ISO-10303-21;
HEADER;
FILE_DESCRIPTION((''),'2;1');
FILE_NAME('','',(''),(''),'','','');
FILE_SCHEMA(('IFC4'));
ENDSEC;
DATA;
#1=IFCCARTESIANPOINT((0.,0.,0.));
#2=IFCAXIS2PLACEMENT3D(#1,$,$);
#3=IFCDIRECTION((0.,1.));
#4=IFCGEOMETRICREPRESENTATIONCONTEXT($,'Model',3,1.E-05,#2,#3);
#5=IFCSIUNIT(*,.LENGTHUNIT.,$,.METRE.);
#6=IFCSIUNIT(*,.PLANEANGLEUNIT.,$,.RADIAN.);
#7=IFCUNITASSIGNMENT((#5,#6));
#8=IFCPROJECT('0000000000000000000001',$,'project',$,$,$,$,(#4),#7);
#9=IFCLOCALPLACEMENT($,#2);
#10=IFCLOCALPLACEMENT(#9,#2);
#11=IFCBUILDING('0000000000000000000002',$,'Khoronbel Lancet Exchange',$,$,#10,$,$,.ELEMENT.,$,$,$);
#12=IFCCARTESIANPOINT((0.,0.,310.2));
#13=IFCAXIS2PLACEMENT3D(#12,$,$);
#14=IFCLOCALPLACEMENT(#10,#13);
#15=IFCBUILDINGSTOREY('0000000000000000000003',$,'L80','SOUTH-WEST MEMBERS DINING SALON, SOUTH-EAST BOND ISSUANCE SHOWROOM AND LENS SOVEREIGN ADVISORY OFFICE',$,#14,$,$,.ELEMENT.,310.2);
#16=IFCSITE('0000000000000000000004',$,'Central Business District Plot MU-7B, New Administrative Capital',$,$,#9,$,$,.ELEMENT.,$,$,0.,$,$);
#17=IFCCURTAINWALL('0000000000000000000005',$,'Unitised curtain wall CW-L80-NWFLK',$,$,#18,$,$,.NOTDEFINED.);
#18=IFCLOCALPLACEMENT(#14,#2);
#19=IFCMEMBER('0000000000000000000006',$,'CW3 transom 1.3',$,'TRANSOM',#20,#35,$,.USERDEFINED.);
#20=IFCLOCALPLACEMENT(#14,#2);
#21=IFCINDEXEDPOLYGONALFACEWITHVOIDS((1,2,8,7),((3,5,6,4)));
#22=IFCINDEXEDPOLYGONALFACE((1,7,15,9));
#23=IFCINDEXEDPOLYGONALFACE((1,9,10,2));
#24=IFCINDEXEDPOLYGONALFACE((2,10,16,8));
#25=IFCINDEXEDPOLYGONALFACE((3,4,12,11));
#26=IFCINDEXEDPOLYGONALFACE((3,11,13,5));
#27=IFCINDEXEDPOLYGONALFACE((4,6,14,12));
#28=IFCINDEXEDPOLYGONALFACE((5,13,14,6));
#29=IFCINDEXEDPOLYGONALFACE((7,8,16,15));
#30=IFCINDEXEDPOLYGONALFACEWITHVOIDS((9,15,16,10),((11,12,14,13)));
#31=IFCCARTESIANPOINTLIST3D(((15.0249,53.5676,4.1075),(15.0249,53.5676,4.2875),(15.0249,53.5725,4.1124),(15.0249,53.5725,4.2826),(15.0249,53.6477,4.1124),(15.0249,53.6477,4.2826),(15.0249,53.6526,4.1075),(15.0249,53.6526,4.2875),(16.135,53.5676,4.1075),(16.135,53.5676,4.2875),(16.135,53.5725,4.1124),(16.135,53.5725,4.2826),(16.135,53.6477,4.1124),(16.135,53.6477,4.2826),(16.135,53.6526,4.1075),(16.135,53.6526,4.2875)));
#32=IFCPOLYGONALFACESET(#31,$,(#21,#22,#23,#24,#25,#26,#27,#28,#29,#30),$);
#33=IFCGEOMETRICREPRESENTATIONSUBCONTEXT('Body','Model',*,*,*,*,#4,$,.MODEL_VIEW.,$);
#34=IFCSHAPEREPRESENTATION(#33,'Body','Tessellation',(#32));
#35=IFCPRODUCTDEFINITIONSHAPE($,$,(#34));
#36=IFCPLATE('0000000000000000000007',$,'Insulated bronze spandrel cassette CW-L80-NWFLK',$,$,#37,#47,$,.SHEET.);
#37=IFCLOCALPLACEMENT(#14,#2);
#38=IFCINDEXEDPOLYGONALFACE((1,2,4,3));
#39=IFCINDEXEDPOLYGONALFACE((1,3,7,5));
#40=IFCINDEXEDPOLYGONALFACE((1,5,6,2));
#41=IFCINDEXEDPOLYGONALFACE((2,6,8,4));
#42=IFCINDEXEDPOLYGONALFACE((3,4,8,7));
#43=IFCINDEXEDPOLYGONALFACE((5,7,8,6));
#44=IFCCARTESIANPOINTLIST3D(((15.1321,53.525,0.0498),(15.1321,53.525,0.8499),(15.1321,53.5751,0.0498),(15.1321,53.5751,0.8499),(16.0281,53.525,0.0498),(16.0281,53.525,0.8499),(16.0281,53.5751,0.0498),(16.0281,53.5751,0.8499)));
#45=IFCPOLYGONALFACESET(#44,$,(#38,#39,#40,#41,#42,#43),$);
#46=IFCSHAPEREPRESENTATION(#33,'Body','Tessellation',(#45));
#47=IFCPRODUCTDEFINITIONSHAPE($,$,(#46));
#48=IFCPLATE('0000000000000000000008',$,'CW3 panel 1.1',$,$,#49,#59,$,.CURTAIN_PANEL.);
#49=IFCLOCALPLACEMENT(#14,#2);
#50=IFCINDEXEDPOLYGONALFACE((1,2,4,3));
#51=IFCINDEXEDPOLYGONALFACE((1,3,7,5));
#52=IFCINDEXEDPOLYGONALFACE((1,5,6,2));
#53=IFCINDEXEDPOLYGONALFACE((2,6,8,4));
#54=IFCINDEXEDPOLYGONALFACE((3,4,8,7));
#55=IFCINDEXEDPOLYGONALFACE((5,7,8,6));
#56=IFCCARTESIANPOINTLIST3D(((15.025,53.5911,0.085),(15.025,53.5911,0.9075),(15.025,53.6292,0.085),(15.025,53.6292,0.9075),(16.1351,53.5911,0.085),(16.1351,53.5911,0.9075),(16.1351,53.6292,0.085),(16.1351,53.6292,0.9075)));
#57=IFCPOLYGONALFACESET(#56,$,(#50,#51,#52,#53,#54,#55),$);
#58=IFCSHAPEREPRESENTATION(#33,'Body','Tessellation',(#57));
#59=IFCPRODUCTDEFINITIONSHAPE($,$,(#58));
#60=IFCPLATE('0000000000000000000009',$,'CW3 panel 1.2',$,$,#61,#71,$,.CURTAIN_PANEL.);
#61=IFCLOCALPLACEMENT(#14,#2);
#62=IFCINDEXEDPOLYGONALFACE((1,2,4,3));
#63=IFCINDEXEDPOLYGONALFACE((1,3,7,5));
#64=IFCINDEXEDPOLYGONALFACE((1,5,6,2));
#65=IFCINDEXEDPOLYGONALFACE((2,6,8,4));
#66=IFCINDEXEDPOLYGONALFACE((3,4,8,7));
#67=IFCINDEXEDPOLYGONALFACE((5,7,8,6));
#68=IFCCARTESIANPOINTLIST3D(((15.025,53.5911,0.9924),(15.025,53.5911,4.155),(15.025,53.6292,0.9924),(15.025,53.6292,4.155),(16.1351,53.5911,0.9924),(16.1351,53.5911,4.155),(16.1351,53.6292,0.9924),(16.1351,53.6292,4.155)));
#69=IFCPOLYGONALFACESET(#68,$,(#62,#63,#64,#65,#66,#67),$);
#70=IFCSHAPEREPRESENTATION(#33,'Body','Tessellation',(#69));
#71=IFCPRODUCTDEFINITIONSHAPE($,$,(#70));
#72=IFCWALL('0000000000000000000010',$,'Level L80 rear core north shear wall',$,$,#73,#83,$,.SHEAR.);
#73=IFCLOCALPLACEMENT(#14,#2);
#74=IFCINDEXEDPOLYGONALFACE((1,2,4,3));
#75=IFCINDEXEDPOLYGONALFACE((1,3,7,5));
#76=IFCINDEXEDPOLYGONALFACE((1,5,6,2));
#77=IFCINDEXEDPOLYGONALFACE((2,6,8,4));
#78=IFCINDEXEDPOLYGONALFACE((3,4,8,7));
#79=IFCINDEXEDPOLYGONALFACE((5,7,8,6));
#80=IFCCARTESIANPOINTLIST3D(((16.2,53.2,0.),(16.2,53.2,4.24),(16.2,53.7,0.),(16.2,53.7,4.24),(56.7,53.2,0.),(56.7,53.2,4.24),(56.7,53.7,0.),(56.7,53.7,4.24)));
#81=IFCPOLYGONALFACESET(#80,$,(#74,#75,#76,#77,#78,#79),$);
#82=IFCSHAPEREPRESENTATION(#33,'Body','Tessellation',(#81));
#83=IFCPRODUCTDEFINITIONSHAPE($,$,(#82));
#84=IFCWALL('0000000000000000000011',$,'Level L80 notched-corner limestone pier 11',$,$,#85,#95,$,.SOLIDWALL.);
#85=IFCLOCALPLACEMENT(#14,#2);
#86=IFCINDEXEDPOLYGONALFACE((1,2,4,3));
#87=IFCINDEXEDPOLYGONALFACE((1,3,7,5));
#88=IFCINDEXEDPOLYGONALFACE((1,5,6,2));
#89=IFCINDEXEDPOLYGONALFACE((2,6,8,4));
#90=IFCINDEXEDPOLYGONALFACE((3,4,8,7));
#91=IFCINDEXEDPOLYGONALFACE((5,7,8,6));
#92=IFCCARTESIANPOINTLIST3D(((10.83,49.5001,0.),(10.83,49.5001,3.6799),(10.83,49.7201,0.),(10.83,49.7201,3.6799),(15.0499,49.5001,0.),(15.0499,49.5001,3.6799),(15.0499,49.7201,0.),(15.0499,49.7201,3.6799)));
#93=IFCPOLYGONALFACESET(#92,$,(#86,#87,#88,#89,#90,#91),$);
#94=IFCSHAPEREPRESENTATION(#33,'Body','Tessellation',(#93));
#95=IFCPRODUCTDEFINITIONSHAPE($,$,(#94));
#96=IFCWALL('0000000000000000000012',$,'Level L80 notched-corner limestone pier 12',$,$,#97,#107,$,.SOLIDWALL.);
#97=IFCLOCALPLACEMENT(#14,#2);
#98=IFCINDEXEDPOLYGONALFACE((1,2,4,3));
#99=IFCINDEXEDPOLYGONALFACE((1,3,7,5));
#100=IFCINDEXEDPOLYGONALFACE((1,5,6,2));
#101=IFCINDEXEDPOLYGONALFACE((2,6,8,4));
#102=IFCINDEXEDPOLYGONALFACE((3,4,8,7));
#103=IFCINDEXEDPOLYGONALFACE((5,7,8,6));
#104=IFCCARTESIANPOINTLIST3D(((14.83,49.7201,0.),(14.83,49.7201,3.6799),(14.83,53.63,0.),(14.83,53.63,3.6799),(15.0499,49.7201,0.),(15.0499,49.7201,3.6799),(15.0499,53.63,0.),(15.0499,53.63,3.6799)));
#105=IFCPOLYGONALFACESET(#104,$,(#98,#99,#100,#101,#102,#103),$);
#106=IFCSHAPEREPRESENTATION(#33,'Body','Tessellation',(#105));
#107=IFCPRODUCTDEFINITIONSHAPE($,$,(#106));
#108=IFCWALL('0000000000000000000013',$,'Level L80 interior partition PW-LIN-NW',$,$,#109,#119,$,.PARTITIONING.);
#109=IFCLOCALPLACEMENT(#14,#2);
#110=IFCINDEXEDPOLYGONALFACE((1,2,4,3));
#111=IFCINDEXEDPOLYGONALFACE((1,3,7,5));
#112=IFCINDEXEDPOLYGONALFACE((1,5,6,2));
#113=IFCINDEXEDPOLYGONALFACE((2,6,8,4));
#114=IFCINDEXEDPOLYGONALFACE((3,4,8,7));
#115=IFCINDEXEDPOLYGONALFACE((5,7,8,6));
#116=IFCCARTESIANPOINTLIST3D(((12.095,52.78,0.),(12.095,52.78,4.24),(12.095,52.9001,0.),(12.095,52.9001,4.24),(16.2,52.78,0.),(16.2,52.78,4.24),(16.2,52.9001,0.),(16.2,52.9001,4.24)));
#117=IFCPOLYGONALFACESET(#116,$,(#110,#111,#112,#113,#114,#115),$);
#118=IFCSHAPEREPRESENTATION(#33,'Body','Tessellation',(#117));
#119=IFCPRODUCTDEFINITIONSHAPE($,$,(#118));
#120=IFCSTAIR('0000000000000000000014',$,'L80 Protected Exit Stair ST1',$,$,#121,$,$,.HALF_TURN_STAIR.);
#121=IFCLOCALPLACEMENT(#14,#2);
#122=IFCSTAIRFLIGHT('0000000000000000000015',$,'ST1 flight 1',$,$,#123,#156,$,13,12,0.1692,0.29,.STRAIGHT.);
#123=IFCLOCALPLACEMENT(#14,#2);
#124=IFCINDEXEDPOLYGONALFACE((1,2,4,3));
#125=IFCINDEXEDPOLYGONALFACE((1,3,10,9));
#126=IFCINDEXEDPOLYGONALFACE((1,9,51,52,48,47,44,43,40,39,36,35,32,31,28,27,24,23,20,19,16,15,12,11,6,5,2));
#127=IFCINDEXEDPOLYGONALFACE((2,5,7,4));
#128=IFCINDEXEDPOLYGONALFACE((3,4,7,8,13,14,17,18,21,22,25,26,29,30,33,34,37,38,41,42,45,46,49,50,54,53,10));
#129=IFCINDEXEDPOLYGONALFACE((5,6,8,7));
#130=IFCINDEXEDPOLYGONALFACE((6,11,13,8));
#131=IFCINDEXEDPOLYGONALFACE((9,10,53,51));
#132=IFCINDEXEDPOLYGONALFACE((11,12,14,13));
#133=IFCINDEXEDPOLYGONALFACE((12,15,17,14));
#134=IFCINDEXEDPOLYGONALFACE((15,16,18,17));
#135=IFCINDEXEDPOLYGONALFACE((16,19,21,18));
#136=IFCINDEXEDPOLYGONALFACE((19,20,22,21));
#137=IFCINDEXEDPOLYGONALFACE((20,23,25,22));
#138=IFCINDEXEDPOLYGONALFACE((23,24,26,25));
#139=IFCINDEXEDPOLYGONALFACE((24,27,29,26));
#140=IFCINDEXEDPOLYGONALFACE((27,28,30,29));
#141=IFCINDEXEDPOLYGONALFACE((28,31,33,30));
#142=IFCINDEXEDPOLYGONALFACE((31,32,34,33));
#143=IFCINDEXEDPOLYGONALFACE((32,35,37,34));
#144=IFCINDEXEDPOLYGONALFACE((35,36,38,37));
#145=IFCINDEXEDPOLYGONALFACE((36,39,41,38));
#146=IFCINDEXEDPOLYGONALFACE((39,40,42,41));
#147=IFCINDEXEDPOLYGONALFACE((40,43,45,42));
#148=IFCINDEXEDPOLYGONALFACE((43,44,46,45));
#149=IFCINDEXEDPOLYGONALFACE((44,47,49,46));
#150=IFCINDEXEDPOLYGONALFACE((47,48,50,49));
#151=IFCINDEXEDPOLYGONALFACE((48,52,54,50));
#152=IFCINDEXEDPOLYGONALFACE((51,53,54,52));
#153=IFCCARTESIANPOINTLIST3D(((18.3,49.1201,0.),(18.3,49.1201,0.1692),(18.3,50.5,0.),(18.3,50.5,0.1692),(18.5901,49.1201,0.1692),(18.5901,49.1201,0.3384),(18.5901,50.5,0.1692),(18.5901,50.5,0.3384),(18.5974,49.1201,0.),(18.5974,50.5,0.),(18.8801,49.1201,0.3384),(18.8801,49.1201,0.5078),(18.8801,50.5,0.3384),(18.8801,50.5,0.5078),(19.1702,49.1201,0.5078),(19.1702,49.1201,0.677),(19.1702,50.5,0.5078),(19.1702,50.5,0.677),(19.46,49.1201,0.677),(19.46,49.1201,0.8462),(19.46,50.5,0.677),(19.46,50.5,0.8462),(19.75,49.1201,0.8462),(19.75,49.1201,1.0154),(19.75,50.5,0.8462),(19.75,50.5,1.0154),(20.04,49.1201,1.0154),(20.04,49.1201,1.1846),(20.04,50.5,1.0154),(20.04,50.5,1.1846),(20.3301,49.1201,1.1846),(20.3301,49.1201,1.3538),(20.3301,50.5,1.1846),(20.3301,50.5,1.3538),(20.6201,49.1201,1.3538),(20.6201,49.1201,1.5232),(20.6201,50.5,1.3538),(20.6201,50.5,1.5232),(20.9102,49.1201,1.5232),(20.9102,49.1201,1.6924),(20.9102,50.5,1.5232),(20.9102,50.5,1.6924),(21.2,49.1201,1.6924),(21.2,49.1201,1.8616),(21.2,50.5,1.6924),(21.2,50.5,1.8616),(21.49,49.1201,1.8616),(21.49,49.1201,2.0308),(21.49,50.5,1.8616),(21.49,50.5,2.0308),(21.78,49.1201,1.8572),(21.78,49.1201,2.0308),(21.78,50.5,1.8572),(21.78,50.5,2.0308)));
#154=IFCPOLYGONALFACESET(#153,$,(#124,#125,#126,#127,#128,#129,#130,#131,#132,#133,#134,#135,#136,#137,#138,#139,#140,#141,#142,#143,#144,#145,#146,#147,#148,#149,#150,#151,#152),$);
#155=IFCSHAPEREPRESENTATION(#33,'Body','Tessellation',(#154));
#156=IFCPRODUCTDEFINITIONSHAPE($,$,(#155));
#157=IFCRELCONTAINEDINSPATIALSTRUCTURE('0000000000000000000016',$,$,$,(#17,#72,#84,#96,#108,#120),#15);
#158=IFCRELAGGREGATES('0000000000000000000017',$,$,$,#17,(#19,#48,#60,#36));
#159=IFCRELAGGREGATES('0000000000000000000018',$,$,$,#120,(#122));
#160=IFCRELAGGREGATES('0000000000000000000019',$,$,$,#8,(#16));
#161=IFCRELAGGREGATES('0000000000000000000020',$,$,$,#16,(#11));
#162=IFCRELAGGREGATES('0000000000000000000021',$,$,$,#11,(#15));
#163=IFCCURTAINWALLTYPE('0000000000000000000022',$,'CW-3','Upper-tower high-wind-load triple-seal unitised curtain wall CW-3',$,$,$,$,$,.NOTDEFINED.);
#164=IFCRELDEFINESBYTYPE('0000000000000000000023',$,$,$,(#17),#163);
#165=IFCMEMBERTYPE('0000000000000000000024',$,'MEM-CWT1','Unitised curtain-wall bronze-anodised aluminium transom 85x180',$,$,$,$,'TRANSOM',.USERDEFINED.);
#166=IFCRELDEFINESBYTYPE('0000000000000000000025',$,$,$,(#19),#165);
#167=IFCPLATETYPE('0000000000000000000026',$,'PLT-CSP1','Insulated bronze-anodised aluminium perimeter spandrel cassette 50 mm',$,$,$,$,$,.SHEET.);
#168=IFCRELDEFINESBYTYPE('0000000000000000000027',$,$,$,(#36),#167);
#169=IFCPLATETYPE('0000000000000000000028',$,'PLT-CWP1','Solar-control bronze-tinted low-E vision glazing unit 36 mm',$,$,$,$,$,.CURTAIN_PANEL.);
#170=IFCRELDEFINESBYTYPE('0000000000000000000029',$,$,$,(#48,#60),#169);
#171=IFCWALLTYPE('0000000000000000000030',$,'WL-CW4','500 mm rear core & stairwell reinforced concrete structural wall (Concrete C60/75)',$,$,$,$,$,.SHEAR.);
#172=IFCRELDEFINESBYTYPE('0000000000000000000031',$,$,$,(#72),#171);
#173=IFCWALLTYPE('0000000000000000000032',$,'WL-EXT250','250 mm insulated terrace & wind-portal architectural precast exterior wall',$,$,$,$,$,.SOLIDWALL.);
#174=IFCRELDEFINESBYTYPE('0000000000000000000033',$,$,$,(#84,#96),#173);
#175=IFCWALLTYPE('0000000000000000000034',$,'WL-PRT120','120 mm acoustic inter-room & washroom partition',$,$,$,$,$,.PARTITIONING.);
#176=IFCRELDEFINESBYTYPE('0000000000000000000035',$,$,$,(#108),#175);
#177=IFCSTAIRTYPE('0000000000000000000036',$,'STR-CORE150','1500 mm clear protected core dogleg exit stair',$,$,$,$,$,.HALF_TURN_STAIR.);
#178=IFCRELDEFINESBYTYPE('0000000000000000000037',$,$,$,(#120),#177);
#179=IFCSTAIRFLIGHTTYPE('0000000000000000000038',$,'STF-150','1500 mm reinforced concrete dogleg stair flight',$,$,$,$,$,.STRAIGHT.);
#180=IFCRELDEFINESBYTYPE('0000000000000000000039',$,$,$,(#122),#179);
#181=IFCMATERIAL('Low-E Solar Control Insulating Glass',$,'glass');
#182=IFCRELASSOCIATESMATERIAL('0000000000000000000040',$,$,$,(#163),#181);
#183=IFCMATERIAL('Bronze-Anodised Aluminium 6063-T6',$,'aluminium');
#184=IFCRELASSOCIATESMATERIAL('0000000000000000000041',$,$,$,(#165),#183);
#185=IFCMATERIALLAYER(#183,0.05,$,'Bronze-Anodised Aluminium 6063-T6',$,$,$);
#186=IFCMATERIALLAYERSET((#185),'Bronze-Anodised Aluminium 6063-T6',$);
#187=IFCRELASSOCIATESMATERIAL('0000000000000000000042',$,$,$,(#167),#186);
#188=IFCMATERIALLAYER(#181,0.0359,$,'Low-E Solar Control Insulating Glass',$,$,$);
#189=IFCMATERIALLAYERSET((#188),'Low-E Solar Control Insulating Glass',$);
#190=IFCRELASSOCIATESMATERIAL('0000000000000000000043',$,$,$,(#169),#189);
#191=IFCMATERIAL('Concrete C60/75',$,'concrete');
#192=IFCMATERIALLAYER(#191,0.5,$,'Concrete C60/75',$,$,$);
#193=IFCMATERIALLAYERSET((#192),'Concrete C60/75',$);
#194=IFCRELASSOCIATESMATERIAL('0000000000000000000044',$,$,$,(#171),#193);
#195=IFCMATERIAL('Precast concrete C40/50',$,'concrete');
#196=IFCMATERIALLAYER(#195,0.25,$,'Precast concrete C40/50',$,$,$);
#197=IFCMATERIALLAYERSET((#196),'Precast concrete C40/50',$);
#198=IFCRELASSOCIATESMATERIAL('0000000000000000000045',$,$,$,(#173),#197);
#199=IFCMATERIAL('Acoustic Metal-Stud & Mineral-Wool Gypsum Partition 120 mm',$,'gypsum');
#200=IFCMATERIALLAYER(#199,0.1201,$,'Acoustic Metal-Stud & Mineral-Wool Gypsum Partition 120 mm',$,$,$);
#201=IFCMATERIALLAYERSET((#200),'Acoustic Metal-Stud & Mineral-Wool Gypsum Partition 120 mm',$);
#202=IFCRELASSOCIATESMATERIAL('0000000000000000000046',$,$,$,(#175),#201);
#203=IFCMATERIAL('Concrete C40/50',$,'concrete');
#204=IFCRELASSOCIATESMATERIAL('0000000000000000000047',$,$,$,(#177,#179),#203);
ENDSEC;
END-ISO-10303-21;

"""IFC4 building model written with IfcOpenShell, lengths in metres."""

from ifc_helpers import new_model, si_unit, direction, frame, frame_2d, origin, origin_2d, place, context, subcontext, project, spatial, polyline, rectangle, hollow_rectangle, outline, extrude, material, layer, layer_set, material_profile, profile_set, type_object, element, aggregate, save


model = new_model("IFC4")

# Units and contexts
model_context = context("Model", 3, precision=1e-05, world=origin(), true_north=direction((0.0, 1.0)))
body_context = subcontext(model_context, "Body", "Model", "MODEL_VIEW")
ifc_project = project(units=[si_unit("LENGTHUNIT", "METRE"), si_unit("PLANEANGLEUNIT", "RADIAN")], contexts=[model_context])

# Site, building, storey
site_placement = place(None, origin())
site = spatial("IfcSite", under=ifc_project, at=site_placement, Name="Central Business District Plot MU-7B, New Administrative Capital", CompositionType="ELEMENT", RefElevation=0.0)
building_placement = place(site_placement, origin())
building = spatial("IfcBuilding", under=site, at=building_placement, Name="Khoronbel Lancet Exchange", CompositionType="ELEMENT")
storey_placement = place(building_placement, frame((0.0, 0.0, 310.2)))
storey = spatial("IfcBuildingStorey", under=building, at=storey_placement, Name="L80", Description="SOUTH-WEST MEMBERS DINING SALON, SOUTH-EAST BOND ISSUANCE SHOWROOM AND LENS SOVEREIGN ADVISORY OFFICE", CompositionType="ELEMENT", Elevation=310.2)

# Curtain wall, member, plates
ifc_material_1 = material(Name="Low-E Solar Control Insulating Glass", Category="glass")
curtain_wall_type = type_object("IfcCurtainWallType", Name="CW-3", Description="Upper-tower high-wind-load triple-seal unitised curtain wall CW-3", PredefinedType="NOTDEFINED", material=ifc_material_1)
curtain_wall_placement = place(storey_placement, origin())
curtain_wall = element("IfcCurtainWall", 1, at=curtain_wall_placement, inside=storey, type_object=curtain_wall_type, Name="Unitised curtain wall CW-L80-NWFLK", PredefinedType="NOTDEFINED")
ifc_material_2 = material(Name="Bronze-Anodised Aluminium 6063-T6", Category="aluminium")
ifc_material_profile_1 = material_profile(ifc_material_2, hollow_rectangle(XDim=0.085, YDim=0.1799, WallThickness=0.0049, at=origin_2d()), Name="ALU TRANSOM 85x180")
ifc_profile_set_1 = profile_set([ifc_material_profile_1], Name="Bronze-Anodised Aluminium 6063-T6")
member_type_1 = type_object("IfcMemberType", Name="MEM-CWT1", Description="Unitised curtain-wall bronze-anodised aluminium transom 85x180", ElementType="TRANSOM", PredefinedType="USERDEFINED", material=ifc_profile_set_1)
member_1_placement = place(storey_placement, frame((16.135, 53.6101, 4.1975), z_axis=(-1.0, 0.0, 0.0), x_axis=(0.0, -1.0, 0.0)))
member_1 = element("IfcMember", 2, at=member_1_placement, type_object=member_type_1, Name="CW3 transom 1.3", ObjectType="TRANSOM", PredefinedType="USERDEFINED", context=body_context, shape_type="SweptSolid", body=[
    extrude(hollow_rectangle(XDim=0.085, YDim=0.1799, WallThickness=0.0049, at=origin_2d()), origin(), (0.0, 0.0, 1.0), 1.1101),
])
ifc_layer_1 = layer(ifc_material_2, 0.05, Name="Bronze-Anodised Aluminium 6063-T6")
ifc_layer_set_1 = layer_set([ifc_layer_1], Name="Bronze-Anodised Aluminium 6063-T6")
plate_type_1 = type_object("IfcPlateType", Name="PLT-CSP1", Description="Insulated bronze-anodised aluminium perimeter spandrel cassette 50 mm", PredefinedType="SHEET", material=ifc_layer_set_1)
plate_1_placement = place(storey_placement, frame((15.5801, 53.55, 0.0498), z_axis=(0.0, 0.0, 1.0), x_axis=(-1.0, 0.0, 0.0)))
plate_1 = element("IfcPlate", 3, at=plate_1_placement, type_object=plate_type_1, Name="Insulated bronze spandrel cassette CW-L80-NWFLK", PredefinedType="SHEET", context=body_context, shape_type="SweptSolid", body=[
    extrude(rectangle(XDim=0.896, YDim=0.05, at=origin_2d()), origin(), (0.0, 0.0, 1.0), 0.8),
])
ifc_layer_2 = layer(ifc_material_1, 0.0359, Name="Low-E Solar Control Insulating Glass")
ifc_layer_set_2 = layer_set([ifc_layer_2], Name="Low-E Solar Control Insulating Glass")
plate_type_2 = type_object("IfcPlateType", Name="PLT-CWP1", Description="Solar-control bronze-tinted low-E vision glazing unit 36 mm", PredefinedType="CURTAIN_PANEL", material=ifc_layer_set_2)
plate_2_placement = place(storey_placement, frame((15.5801, 53.6101, 0.085), z_axis=(0.0, 0.0, 1.0), x_axis=(-1.0, 0.0, 0.0)))
plate_2 = element("IfcPlate", 4, at=plate_2_placement, type_object=plate_type_2, Name="CW3 panel 1.1", PredefinedType="CURTAIN_PANEL", context=body_context, shape_type="SweptSolid", body=[
    extrude(rectangle(XDim=1.1101, YDim=0.0381, at=origin_2d()), origin(), (0.0, 0.0, 1.0), 0.8225),
])
plate_3_placement = place(storey_placement, frame((15.5801, 53.6101, 0.9924), z_axis=(0.0, 0.0, 1.0), x_axis=(-1.0, 0.0, 0.0)))
plate_3 = element("IfcPlate", 5, at=plate_3_placement, type_object=plate_type_2, Name="CW3 panel 1.2", PredefinedType="CURTAIN_PANEL", context=body_context, shape_type="SweptSolid", body=[
    extrude(rectangle(XDim=1.1101, YDim=0.0381, at=origin_2d()), origin(), (0.0, 0.0, 1.0), 3.1626),
])
aggregate(curtain_wall, [member_1, plate_2, plate_3, plate_1])

# Walls
ifc_material_3 = material(Name="Concrete C60/75", Category="concrete")
ifc_layer_3 = layer(ifc_material_3, 0.5, Name="Concrete C60/75")
ifc_layer_set_3 = layer_set([ifc_layer_3], Name="Concrete C60/75")
wall_type_1 = type_object("IfcWallType", Name="WL-CW4", Description="500 mm rear core & stairwell reinforced concrete structural wall (Concrete C60/75)", PredefinedType="SHEAR", material=ifc_layer_set_3)
wall_1_placement = place(storey_placement, frame((16.2, 53.45, 0.0), z_axis=(0.0, 0.0, 1.0), x_axis=(1.0, 0.0, 0.0)))
element("IfcWall", 6, at=wall_1_placement, inside=storey, type_object=wall_type_1, Name="Level L80 rear core north shear wall", PredefinedType="SHEAR", context=body_context, shape_type="SweptSolid", body=[
    extrude(rectangle(XDim=40.5, YDim=0.5, at=frame_2d((20.25, 0.0))), origin(), (0.0, 0.0, 1.0), 4.24),
])
ifc_material_4 = material(Name="Precast concrete C40/50", Category="concrete")
ifc_layer_4 = layer(ifc_material_4, 0.25, Name="Precast concrete C40/50")
ifc_layer_set_4 = layer_set([ifc_layer_4], Name="Precast concrete C40/50")
wall_type_2 = type_object("IfcWallType", Name="WL-EXT250", Description="250 mm insulated terrace & wind-portal architectural precast exterior wall", PredefinedType="SOLIDWALL", material=ifc_layer_set_4)
wall_2_placement = place(storey_placement, frame((10.8301, 49.6101, 0.0), z_axis=(0.0, 0.0, 1.0), x_axis=(1.0, 0.0, 0.0)))
element("IfcWall", 7, at=wall_2_placement, inside=storey, type_object=wall_type_2, Name="Level L80 notched-corner limestone pier 11", PredefinedType="SOLIDWALL", context=body_context, shape_type="SweptSolid", body=[
    extrude(rectangle(XDim=4.22, YDim=0.22, at=frame_2d((2.1099, 0.0))), origin(), (0.0, 0.0, 1.0), 3.6799),
])
wall_3_placement = place(storey_placement, frame((14.9399, 49.72, 0.0), z_axis=(0.0, 0.0, 1.0), x_axis=(0.0, 1.0, 0.0)))
element("IfcWall", 8, at=wall_3_placement, inside=storey, type_object=wall_type_2, Name="Level L80 notched-corner limestone pier 12", PredefinedType="SOLIDWALL", context=body_context, shape_type="SweptSolid", body=[
    extrude(rectangle(XDim=3.9099, YDim=0.22, at=frame_2d((1.9551, 0.0))), origin(), (0.0, 0.0, 1.0), 3.6799),
])
ifc_material_5 = material(Name="Acoustic Metal-Stud & Mineral-Wool Gypsum Partition 120 mm", Category="gypsum")
ifc_layer_5 = layer(ifc_material_5, 0.1201, Name="Acoustic Metal-Stud & Mineral-Wool Gypsum Partition 120 mm")
ifc_layer_set_5 = layer_set([ifc_layer_5], Name="Acoustic Metal-Stud & Mineral-Wool Gypsum Partition 120 mm")
wall_type_3 = type_object("IfcWallType", Name="WL-PRT120", Description="120 mm acoustic inter-room & washroom partition", PredefinedType="PARTITIONING", material=ifc_layer_set_5)
wall_4_placement = place(storey_placement, frame((12.095, 52.8401, 0.0), z_axis=(0.0, 0.0, 1.0), x_axis=(1.0, 0.0, 0.0)))
element("IfcWall", 9, at=wall_4_placement, inside=storey, type_object=wall_type_3, Name="Level L80 interior partition PW-LIN-NW", PredefinedType="PARTITIONING", context=body_context, shape_type="SweptSolid", body=[
    extrude(rectangle(XDim=4.105, YDim=0.1201, at=frame_2d((2.0525, 0.0))), origin(), (0.0, 0.0, 1.0), 4.24),
])

# Stair, stair flight
ifc_material_6 = material(Name="Concrete C40/50", Category="concrete")
stair_type = type_object("IfcStairType", Name="STR-CORE150", Description="1500 mm clear protected core dogleg exit stair", PredefinedType="HALF_TURN_STAIR", material=ifc_material_6)
stair_placement = place(storey_placement, origin())
stair = element("IfcStair", 10, at=stair_placement, inside=storey, type_object=stair_type, Name="L80 Protected Exit Stair ST1", PredefinedType="HALF_TURN_STAIR")
stair_flight_type = type_object("IfcStairFlightType", Name="STF-150", Description="1500 mm reinforced concrete dogleg stair flight", PredefinedType="STRAIGHT", material=ifc_material_6)
stair_flight_placement = place(storey_placement, frame((18.3, 49.8101, 0.0), z_axis=(0.0, 0.0, 1.0), x_axis=(1.0, 0.0, 0.0)))
stair_flight = element("IfcStairFlight", 11, at=stair_flight_placement, type_object=stair_flight_type, Name="ST1 flight 1", NumberOfRisers=13, NumberOfTreads=12, PredefinedType="STRAIGHT", RiserHeight=0.1692, TreadLength=0.29, context=body_context, shape_type="SweptSolid", body=[
    extrude(outline(polyline([(0.0, 0.0), (0.0, 0.1692), (0.29, 0.1692), (0.29, 0.3384), (0.5801, 0.3384), (0.5801, 0.5078), (0.8701, 0.5078), (0.8701, 0.677), (1.1599, 0.677), (1.1599, 0.8462), (1.45, 0.8462), (1.45, 1.0154), (1.74, 1.0154), (1.74, 1.1846), (2.03, 1.1846), (2.03, 1.3538), (2.3201, 1.3538), (2.3201, 1.5232), (2.6101, 1.5232), (2.6101, 1.6924), (2.8999, 1.6924), (2.8999, 1.8616), (3.1899, 1.8616), (3.1899, 2.0308), (3.48, 2.0308), (3.48, 2.2), (3.48, 1.8572), (0.2974, 0.0), (0.0, 0.0)])), frame((0.0, 0.6899, 0.0), z_axis=(0.0, -1.0, 0.0), x_axis=(1.0, 0.0, 0.0)), (0.0, 0.0, 1.0), 1.3799),
])
aggregate(stair, [stair_flight])

save(model, "model.ifc")
